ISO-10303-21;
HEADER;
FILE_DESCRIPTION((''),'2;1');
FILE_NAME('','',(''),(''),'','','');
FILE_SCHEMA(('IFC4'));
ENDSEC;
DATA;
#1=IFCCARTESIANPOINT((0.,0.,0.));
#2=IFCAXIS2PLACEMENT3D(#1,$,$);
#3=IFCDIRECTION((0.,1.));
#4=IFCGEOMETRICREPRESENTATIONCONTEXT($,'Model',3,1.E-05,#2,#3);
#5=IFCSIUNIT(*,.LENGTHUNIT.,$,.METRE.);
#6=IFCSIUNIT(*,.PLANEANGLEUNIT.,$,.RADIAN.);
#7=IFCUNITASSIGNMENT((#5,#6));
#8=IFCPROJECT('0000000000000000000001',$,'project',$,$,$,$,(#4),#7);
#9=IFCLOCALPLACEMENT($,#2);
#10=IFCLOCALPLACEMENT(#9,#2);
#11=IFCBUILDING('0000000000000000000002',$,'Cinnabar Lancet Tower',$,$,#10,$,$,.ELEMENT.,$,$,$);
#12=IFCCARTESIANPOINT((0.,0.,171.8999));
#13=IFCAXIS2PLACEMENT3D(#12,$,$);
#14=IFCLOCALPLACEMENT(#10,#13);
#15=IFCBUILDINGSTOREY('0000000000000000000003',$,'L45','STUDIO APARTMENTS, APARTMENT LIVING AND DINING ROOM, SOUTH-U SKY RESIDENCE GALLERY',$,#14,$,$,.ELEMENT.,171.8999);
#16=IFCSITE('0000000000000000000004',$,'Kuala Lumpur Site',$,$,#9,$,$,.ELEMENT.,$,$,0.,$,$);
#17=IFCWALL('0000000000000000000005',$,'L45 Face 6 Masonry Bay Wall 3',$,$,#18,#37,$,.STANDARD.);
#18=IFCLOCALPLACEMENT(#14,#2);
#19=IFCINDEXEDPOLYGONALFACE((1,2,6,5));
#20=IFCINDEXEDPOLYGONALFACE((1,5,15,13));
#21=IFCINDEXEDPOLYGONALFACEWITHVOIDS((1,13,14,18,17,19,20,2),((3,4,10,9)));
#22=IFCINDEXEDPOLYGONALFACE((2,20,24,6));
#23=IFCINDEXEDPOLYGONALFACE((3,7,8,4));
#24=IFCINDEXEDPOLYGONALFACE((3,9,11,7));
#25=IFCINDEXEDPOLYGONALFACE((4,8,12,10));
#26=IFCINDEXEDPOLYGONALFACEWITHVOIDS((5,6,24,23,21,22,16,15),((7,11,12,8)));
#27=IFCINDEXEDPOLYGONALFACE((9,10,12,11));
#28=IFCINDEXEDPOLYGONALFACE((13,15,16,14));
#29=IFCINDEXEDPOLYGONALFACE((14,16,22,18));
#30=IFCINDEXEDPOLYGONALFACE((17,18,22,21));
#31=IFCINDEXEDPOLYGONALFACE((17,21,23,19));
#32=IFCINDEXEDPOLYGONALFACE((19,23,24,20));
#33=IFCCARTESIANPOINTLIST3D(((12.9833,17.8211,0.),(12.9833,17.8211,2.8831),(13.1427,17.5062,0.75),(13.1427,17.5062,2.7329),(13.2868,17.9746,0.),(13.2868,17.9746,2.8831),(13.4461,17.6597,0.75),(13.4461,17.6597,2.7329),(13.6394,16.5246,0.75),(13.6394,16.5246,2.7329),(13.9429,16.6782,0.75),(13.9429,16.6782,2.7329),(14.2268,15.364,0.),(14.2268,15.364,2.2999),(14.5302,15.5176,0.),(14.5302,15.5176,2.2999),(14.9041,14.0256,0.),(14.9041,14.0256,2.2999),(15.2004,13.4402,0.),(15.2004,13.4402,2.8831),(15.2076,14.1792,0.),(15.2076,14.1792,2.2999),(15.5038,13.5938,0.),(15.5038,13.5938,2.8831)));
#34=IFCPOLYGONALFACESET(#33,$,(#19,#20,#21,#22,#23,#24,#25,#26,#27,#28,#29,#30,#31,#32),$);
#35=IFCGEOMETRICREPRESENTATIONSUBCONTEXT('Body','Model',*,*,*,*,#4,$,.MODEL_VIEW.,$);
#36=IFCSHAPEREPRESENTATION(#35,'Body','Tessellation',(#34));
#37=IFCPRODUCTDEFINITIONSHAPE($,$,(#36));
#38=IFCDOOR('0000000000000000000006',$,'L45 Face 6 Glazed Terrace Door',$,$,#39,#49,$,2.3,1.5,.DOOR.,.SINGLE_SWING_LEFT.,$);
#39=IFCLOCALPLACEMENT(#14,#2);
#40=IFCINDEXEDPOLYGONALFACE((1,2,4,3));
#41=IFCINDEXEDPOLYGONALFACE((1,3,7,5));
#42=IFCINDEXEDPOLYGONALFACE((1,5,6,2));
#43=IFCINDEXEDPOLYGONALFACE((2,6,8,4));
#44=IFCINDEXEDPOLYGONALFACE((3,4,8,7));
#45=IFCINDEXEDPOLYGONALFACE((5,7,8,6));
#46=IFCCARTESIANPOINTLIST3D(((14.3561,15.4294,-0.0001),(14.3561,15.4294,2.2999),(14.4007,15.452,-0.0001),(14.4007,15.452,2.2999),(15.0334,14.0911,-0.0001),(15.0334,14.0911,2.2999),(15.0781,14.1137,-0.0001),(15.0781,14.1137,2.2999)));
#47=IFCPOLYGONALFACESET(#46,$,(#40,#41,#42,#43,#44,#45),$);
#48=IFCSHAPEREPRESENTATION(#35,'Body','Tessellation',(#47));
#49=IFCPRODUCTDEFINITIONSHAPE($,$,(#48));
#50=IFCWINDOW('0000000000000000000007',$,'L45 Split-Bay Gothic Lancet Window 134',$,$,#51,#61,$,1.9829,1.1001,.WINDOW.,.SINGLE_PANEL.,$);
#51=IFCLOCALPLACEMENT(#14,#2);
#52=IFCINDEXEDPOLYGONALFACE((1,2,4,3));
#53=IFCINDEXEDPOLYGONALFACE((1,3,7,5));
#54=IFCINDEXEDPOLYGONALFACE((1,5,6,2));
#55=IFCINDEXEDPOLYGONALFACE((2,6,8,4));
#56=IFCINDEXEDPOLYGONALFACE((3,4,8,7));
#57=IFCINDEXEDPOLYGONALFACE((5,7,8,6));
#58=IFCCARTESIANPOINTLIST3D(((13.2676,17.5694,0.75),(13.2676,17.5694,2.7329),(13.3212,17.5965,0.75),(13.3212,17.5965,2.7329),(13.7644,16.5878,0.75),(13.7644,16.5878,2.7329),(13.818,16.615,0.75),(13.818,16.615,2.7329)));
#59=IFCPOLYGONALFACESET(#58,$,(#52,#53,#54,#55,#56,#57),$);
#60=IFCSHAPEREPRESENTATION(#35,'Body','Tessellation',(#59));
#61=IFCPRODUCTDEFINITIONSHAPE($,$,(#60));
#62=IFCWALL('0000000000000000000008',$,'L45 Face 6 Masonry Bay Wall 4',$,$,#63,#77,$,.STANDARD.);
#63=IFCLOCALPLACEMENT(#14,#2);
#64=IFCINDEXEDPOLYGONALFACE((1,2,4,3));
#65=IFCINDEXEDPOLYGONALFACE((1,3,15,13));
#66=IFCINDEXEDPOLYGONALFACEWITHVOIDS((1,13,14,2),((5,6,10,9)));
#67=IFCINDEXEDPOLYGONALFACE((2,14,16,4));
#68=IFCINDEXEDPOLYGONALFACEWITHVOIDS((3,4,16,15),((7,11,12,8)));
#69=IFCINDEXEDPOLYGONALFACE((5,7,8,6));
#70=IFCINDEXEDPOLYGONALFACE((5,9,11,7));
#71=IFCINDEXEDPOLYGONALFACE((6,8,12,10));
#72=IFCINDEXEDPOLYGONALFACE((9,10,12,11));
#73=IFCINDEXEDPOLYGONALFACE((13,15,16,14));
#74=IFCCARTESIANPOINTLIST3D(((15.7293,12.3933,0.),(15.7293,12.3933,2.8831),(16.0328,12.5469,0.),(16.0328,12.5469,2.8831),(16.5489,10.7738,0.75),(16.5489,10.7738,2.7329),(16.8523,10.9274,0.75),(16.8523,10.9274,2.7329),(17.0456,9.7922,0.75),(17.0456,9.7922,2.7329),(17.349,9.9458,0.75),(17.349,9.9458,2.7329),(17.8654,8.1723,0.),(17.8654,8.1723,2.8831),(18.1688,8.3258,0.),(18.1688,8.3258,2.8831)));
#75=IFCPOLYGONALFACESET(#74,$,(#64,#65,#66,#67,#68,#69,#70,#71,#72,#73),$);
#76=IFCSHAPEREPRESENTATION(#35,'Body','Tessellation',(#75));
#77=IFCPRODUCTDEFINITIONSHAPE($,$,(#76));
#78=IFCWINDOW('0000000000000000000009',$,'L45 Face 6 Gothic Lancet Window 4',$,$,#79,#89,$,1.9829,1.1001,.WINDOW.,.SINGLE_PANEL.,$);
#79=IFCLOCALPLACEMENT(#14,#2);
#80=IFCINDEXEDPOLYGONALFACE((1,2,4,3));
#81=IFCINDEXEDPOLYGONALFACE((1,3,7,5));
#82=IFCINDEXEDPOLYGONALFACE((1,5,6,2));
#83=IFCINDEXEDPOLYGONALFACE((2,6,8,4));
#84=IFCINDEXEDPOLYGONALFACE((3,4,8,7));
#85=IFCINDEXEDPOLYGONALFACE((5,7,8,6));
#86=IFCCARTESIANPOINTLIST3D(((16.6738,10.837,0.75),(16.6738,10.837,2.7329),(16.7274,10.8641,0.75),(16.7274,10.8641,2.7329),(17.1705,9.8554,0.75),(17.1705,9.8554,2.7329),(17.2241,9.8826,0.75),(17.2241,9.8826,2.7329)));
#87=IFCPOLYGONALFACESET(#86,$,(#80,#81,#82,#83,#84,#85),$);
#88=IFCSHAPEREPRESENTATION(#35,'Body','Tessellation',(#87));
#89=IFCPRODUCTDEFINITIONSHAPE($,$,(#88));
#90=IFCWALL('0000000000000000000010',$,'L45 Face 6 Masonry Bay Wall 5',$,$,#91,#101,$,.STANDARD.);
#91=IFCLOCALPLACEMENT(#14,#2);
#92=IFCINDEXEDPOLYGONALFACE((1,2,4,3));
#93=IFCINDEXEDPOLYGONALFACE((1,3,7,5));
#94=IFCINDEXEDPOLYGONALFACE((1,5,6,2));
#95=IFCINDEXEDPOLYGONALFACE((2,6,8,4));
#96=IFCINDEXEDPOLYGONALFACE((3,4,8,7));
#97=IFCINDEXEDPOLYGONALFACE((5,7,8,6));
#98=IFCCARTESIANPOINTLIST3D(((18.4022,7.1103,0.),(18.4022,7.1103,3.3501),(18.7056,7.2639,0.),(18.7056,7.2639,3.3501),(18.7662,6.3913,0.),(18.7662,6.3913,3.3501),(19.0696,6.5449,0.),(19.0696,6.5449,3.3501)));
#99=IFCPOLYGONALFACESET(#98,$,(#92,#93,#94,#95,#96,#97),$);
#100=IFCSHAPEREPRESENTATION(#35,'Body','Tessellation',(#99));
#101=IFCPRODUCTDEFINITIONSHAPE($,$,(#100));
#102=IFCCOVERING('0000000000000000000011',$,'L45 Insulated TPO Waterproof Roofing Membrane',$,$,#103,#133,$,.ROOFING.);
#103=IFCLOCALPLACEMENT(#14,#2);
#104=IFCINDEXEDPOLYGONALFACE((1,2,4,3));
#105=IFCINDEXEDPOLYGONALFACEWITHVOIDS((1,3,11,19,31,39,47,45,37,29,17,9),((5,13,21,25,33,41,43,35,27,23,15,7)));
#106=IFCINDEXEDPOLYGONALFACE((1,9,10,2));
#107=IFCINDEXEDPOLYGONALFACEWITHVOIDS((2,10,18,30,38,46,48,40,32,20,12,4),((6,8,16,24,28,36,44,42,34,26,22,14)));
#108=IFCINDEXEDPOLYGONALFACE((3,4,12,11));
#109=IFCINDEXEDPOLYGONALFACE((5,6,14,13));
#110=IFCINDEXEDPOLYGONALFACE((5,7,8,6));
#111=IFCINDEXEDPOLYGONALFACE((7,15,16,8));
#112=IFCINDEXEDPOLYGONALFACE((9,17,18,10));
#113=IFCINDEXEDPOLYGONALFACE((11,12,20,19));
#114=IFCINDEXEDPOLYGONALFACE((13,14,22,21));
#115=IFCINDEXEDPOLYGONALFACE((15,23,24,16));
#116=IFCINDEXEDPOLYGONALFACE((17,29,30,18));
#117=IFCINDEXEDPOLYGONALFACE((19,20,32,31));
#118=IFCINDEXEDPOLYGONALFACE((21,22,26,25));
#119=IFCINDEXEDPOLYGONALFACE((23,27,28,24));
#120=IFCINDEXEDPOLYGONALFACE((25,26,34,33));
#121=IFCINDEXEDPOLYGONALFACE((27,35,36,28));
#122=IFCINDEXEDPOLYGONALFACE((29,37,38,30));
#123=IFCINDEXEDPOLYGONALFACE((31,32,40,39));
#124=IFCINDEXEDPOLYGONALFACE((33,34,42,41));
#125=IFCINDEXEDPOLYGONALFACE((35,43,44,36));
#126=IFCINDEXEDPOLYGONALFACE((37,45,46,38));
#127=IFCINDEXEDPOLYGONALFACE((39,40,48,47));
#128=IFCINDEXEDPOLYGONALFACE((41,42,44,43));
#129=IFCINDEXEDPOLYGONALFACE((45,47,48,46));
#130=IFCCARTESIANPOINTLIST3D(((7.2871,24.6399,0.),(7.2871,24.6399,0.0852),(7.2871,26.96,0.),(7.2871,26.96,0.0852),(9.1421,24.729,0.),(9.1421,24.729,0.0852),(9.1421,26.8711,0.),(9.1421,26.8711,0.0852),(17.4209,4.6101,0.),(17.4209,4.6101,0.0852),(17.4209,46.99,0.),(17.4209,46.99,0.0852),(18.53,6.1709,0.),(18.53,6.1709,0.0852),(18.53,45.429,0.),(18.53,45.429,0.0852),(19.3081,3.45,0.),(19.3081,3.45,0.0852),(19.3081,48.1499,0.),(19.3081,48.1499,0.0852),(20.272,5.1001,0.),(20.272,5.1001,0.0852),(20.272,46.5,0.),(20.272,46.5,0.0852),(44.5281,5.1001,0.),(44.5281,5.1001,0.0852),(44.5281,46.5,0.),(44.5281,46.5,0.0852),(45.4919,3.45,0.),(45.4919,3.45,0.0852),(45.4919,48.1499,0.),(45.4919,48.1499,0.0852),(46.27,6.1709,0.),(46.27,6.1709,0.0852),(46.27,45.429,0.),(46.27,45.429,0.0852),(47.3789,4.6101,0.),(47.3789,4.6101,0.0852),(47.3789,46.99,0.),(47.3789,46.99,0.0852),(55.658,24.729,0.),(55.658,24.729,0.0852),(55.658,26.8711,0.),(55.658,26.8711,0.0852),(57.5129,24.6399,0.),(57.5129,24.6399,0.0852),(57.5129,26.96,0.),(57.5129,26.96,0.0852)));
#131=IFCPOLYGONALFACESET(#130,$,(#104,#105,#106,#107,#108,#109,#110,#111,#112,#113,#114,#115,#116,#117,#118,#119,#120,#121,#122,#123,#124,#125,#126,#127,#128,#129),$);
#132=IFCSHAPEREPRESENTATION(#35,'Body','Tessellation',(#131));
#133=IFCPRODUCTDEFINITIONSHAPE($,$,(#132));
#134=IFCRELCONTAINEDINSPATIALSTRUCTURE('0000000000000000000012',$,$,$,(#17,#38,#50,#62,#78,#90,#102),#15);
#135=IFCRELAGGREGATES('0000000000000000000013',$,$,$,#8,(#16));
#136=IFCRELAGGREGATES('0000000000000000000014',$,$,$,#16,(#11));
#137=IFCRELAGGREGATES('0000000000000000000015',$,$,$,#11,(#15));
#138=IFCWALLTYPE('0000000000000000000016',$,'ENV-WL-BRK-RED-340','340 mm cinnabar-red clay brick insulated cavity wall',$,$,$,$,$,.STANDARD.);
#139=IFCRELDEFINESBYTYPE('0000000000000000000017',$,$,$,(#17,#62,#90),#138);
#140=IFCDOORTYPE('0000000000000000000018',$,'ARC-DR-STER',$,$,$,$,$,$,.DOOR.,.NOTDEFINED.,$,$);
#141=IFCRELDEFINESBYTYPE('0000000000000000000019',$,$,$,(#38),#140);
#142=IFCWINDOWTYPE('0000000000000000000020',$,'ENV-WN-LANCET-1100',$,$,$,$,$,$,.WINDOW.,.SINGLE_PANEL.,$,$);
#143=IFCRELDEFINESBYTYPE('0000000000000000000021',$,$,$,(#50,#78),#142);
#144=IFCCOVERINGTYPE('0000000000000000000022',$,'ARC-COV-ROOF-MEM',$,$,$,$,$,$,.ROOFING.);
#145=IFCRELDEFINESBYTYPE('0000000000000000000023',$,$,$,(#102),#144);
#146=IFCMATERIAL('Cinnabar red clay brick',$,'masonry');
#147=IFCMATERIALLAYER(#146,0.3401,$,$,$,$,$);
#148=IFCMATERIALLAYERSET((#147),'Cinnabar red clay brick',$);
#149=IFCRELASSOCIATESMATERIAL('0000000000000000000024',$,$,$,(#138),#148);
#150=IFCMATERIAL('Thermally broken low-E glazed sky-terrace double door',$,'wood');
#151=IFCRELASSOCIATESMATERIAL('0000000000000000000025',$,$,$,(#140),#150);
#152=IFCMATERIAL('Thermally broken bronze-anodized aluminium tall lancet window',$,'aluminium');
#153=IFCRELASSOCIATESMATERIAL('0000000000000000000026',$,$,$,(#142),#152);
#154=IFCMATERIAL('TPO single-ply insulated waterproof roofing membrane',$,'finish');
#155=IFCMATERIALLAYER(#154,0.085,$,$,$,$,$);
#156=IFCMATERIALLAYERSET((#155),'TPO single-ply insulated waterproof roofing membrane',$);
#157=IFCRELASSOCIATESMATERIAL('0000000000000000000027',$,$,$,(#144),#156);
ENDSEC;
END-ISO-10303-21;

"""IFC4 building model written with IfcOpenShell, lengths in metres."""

from ifc_helpers import new_model, si_unit, direction, frame, frame_2d, origin, place, context, subcontext, project, spatial, polyline, rectangle, outline, extrude, material, layer, layer_set, type_object, element, fill, save


model = new_model("IFC4")

# Units and contexts
model_context = context("Model", 3, precision=1e-05, world=origin(), true_north=direction((0.0, 1.0)))
body_context = subcontext(model_context, "Body", "Model", "MODEL_VIEW")
ifc_project = project(units=[si_unit("LENGTHUNIT", "METRE"), si_unit("PLANEANGLEUNIT", "RADIAN")], contexts=[model_context])

# Site, building, storey
site_placement = place(None, origin())
site = spatial("IfcSite", under=ifc_project, at=site_placement, Name="Kuala Lumpur Site", CompositionType="ELEMENT", RefElevation=0.0)
building_placement = place(site_placement, origin())
building = spatial("IfcBuilding", under=site, at=building_placement, Name="Cinnabar Lancet Tower", CompositionType="ELEMENT")
storey_placement = place(building_placement, frame((0.0, 0.0, 171.8999)))
storey = spatial("IfcBuildingStorey", under=building, at=storey_placement, Name="L45", Description="STUDIO APARTMENTS, APARTMENT LIVING AND DINING ROOM, SOUTH-U SKY RESIDENCE GALLERY", CompositionType="ELEMENT", Elevation=171.8999)

# Shared definitions
ifc_material_1 = material(Name="Cinnabar red clay brick", Category="masonry")
ifc_layer_1 = layer(ifc_material_1, 0.3401)
ifc_layer_set_1 = layer_set([ifc_layer_1], Name="Cinnabar red clay brick")
wall_type_1 = type_object("IfcWallType", Name="ENV-WL-BRK-RED-340", Description="340 mm cinnabar-red clay brick insulated cavity wall", PredefinedType="STANDARD", material=ifc_layer_set_1)

# Wall, openings, door, window
wall_1_placement = place(storey_placement, frame((13.135, 17.8979, 0.0), z_axis=(0.0, 0.0, 1.0), x_axis=(0.451544, -0.892249, 0.0)))
wall_1 = element("IfcWall", 1, at=wall_1_placement, inside=storey, type_object=wall_type_1, Name="L45 Face 6 Masonry Bay Wall 3", PredefinedType="STANDARD", context=body_context, shape_type="SweptSolid", body=[
    extrude(rectangle(XDim=4.9099, YDim=0.3401, at=frame_2d((2.4551, 0.0))), origin(), (0.0, 0.0, 1.0), 2.8831),
])
opening_1_placement = place(wall_1_placement, frame((2.7539, 0.0, 0.0)))
opening_1 = element("IfcOpeningElement", 2, at=opening_1_placement, cuts=wall_1, PredefinedType="OPENING", context=body_context, shape_type="SweptSolid", body=[
    extrude(rectangle(XDim=1.5, YDim=2.3, at=frame_2d((0.75, 1.1499))), frame((0.0, 0.1799, 0.0), z_axis=(0.0, -1.0, 0.0), x_axis=(1.0, 0.0, 0.0)), (0.0, 0.0, 1.0), 0.3601),
])
opening_2_placement = place(wall_1_placement, frame((0.353, 0.0, 0.75)))
opening_2 = element("IfcOpeningElement", 3, at=opening_2_placement, cuts=wall_1, PredefinedType="OPENING", context=body_context, shape_type="SweptSolid", body=[
    extrude(rectangle(XDim=1.1001, YDim=1.9829, at=frame_2d((0.55, 0.9915))), frame((0.0, 0.1799, 0.0), z_axis=(0.0, -1.0, 0.0), x_axis=(1.0, 0.0, 0.0)), (0.0, 0.0, 1.0), 0.3601),
])
ifc_material_2 = material(Name="Thermally broken low-E glazed sky-terrace double door", Category="wood")
door_type = type_object("IfcDoorType", Name="ARC-DR-STER", OperationType="NOTDEFINED", PredefinedType="DOOR", material=ifc_material_2)
door_placement = place(opening_1_placement, origin())
door = element("IfcDoor", 4, at=door_placement, inside=storey, type_object=door_type, Name="L45 Face 6 Glazed Terrace Door", OperationType="SINGLE_SWING_LEFT", OverallHeight=2.3, OverallWidth=1.5, PredefinedType="DOOR", context=body_context, shape_type="SweptSolid", body=[
    extrude(rectangle(XDim=1.5, YDim=2.3, at=frame_2d((0.75, 1.1499))), frame((0.0, 0.0249, 0.0), z_axis=(0.0, -1.0, 0.0), x_axis=(1.0, 0.0, 0.0)), (0.0, 0.0, 1.0), 0.05),
])
fill(opening_1, door)
ifc_material_3 = material(Name="Thermally broken bronze-anodized aluminium tall lancet window", Category="aluminium")
window_type = type_object("IfcWindowType", Name="ENV-WN-LANCET-1100", PartitioningType="SINGLE_PANEL", PredefinedType="WINDOW", material=ifc_material_3)
window_1_placement = place(opening_2_placement, origin())
window_1 = element("IfcWindow", 5, at=window_1_placement, inside=storey, type_object=window_type, Name="L45 Split-Bay Gothic Lancet Window 134", OverallHeight=1.9829, OverallWidth=1.1001, PartitioningType="SINGLE_PANEL", PredefinedType="WINDOW", context=body_context, shape_type="SweptSolid", body=[
    extrude(rectangle(XDim=1.1001, YDim=1.9829, at=frame_2d((0.55, 0.9915))), frame((0.0, 0.03, 0.0), z_axis=(0.0, -1.0, 0.0), x_axis=(1.0, 0.0, 0.0)), (0.0, 0.0, 1.0), 0.0601),
])
fill(opening_2, window_1)

# Wall, opening, window
wall_2_placement = place(storey_placement, frame((15.8811, 12.47, 0.0), z_axis=(0.0, 0.0, 1.0), x_axis=(0.451523, -0.89226, 0.0)))
wall_2 = element("IfcWall", 6, at=wall_2_placement, inside=storey, type_object=wall_type_1, Name="L45 Face 6 Masonry Bay Wall 4", PredefinedType="STANDARD", context=body_context, shape_type="SweptSolid", body=[
    extrude(rectangle(XDim=4.7307, YDim=0.3401, at=frame_2d((2.3652, 0.0))), origin(), (0.0, 0.0, 1.0), 2.8831),
])
opening_3_placement = place(wall_2_placement, frame((1.8149, 0.0, 0.75)))
opening_3 = element("IfcOpeningElement", 7, at=opening_3_placement, cuts=wall_2, PredefinedType="OPENING", context=body_context, shape_type="SweptSolid", body=[
    extrude(rectangle(XDim=1.1001, YDim=1.9829, at=frame_2d((0.55, 0.9915))), frame((0.0, 0.1799, 0.0), z_axis=(0.0, -1.0, 0.0), x_axis=(1.0, 0.0, 0.0)), (0.0, 0.0, 1.0), 0.3601),
])
window_2_placement = place(opening_3_placement, origin())
window_2 = element("IfcWindow", 8, at=window_2_placement, inside=storey, type_object=window_type, Name="L45 Face 6 Gothic Lancet Window 4", OverallHeight=1.9829, OverallWidth=1.1001, PartitioningType="SINGLE_PANEL", PredefinedType="WINDOW", context=body_context, shape_type="SweptSolid", body=[
    extrude(rectangle(XDim=1.1001, YDim=1.9829, at=frame_2d((0.55, 0.9915))), frame((0.0, 0.03, 0.0), z_axis=(0.0, -1.0, 0.0), x_axis=(1.0, 0.0, 0.0)), (0.0, 0.0, 1.0), 0.0601),
])
fill(opening_3, window_2)

# Wall
wall_3_placement = place(storey_placement, frame((18.554, 7.187, 0.0), z_axis=(0.0, 0.0, 1.0), x_axis=(0.451692, -0.892174, 0.0)))
element("IfcWall", 9, at=wall_3_placement, inside=storey, type_object=wall_type_1, Name="L45 Face 6 Masonry Bay Wall 5", PredefinedType="STANDARD", context=body_context, shape_type="SweptSolid", body=[
    extrude(rectangle(XDim=0.8059, YDim=0.3401, at=frame_2d((0.4028, 0.0))), origin(), (0.0, 0.0, 1.0), 3.3501),
])

# Covering
ifc_material_4 = material(Name="TPO single-ply insulated waterproof roofing membrane", Category="finish")
ifc_layer_2 = layer(ifc_material_4, 0.085)
ifc_layer_set_2 = layer_set([ifc_layer_2], Name="TPO single-ply insulated waterproof roofing membrane")
covering_type = type_object("IfcCoveringType", Name="ARC-COV-ROOF-MEM", PredefinedType="ROOFING", material=ifc_layer_set_2)
covering_placement = place(storey_placement, origin())
element("IfcCovering", 10, at=covering_placement, inside=storey, type_object=covering_type, Name="L45 Insulated TPO Waterproof Roofing Membrane", PredefinedType="ROOFING", context=body_context, shape_type="SweptSolid", body=[
    extrude(outline(polyline([(17.4209, 4.6101), (19.3081, 3.45), (45.4919, 3.45), (47.3789, 4.6101), (57.5129, 24.6399), (57.5129, 26.96), (47.3789, 46.99), (45.4919, 48.1499), (19.3081, 48.1499), (17.4209, 46.99), (7.2871, 26.96), (7.2871, 24.6399), (17.4209, 4.6101)]), holes=[polyline([(18.53, 6.1709), (20.272, 5.1001), (44.5281, 5.1001), (46.27, 6.1709), (55.658, 24.729), (55.658, 26.8711), (46.27, 45.429), (44.5281, 46.5), (20.272, 46.5), (18.53, 45.429), (9.1421, 26.8711), (9.1421, 24.729), (18.53, 6.1709)])]), origin(), (0.0, 0.0, 1.0), 0.0852),
])

save(model, "model.ifc")
